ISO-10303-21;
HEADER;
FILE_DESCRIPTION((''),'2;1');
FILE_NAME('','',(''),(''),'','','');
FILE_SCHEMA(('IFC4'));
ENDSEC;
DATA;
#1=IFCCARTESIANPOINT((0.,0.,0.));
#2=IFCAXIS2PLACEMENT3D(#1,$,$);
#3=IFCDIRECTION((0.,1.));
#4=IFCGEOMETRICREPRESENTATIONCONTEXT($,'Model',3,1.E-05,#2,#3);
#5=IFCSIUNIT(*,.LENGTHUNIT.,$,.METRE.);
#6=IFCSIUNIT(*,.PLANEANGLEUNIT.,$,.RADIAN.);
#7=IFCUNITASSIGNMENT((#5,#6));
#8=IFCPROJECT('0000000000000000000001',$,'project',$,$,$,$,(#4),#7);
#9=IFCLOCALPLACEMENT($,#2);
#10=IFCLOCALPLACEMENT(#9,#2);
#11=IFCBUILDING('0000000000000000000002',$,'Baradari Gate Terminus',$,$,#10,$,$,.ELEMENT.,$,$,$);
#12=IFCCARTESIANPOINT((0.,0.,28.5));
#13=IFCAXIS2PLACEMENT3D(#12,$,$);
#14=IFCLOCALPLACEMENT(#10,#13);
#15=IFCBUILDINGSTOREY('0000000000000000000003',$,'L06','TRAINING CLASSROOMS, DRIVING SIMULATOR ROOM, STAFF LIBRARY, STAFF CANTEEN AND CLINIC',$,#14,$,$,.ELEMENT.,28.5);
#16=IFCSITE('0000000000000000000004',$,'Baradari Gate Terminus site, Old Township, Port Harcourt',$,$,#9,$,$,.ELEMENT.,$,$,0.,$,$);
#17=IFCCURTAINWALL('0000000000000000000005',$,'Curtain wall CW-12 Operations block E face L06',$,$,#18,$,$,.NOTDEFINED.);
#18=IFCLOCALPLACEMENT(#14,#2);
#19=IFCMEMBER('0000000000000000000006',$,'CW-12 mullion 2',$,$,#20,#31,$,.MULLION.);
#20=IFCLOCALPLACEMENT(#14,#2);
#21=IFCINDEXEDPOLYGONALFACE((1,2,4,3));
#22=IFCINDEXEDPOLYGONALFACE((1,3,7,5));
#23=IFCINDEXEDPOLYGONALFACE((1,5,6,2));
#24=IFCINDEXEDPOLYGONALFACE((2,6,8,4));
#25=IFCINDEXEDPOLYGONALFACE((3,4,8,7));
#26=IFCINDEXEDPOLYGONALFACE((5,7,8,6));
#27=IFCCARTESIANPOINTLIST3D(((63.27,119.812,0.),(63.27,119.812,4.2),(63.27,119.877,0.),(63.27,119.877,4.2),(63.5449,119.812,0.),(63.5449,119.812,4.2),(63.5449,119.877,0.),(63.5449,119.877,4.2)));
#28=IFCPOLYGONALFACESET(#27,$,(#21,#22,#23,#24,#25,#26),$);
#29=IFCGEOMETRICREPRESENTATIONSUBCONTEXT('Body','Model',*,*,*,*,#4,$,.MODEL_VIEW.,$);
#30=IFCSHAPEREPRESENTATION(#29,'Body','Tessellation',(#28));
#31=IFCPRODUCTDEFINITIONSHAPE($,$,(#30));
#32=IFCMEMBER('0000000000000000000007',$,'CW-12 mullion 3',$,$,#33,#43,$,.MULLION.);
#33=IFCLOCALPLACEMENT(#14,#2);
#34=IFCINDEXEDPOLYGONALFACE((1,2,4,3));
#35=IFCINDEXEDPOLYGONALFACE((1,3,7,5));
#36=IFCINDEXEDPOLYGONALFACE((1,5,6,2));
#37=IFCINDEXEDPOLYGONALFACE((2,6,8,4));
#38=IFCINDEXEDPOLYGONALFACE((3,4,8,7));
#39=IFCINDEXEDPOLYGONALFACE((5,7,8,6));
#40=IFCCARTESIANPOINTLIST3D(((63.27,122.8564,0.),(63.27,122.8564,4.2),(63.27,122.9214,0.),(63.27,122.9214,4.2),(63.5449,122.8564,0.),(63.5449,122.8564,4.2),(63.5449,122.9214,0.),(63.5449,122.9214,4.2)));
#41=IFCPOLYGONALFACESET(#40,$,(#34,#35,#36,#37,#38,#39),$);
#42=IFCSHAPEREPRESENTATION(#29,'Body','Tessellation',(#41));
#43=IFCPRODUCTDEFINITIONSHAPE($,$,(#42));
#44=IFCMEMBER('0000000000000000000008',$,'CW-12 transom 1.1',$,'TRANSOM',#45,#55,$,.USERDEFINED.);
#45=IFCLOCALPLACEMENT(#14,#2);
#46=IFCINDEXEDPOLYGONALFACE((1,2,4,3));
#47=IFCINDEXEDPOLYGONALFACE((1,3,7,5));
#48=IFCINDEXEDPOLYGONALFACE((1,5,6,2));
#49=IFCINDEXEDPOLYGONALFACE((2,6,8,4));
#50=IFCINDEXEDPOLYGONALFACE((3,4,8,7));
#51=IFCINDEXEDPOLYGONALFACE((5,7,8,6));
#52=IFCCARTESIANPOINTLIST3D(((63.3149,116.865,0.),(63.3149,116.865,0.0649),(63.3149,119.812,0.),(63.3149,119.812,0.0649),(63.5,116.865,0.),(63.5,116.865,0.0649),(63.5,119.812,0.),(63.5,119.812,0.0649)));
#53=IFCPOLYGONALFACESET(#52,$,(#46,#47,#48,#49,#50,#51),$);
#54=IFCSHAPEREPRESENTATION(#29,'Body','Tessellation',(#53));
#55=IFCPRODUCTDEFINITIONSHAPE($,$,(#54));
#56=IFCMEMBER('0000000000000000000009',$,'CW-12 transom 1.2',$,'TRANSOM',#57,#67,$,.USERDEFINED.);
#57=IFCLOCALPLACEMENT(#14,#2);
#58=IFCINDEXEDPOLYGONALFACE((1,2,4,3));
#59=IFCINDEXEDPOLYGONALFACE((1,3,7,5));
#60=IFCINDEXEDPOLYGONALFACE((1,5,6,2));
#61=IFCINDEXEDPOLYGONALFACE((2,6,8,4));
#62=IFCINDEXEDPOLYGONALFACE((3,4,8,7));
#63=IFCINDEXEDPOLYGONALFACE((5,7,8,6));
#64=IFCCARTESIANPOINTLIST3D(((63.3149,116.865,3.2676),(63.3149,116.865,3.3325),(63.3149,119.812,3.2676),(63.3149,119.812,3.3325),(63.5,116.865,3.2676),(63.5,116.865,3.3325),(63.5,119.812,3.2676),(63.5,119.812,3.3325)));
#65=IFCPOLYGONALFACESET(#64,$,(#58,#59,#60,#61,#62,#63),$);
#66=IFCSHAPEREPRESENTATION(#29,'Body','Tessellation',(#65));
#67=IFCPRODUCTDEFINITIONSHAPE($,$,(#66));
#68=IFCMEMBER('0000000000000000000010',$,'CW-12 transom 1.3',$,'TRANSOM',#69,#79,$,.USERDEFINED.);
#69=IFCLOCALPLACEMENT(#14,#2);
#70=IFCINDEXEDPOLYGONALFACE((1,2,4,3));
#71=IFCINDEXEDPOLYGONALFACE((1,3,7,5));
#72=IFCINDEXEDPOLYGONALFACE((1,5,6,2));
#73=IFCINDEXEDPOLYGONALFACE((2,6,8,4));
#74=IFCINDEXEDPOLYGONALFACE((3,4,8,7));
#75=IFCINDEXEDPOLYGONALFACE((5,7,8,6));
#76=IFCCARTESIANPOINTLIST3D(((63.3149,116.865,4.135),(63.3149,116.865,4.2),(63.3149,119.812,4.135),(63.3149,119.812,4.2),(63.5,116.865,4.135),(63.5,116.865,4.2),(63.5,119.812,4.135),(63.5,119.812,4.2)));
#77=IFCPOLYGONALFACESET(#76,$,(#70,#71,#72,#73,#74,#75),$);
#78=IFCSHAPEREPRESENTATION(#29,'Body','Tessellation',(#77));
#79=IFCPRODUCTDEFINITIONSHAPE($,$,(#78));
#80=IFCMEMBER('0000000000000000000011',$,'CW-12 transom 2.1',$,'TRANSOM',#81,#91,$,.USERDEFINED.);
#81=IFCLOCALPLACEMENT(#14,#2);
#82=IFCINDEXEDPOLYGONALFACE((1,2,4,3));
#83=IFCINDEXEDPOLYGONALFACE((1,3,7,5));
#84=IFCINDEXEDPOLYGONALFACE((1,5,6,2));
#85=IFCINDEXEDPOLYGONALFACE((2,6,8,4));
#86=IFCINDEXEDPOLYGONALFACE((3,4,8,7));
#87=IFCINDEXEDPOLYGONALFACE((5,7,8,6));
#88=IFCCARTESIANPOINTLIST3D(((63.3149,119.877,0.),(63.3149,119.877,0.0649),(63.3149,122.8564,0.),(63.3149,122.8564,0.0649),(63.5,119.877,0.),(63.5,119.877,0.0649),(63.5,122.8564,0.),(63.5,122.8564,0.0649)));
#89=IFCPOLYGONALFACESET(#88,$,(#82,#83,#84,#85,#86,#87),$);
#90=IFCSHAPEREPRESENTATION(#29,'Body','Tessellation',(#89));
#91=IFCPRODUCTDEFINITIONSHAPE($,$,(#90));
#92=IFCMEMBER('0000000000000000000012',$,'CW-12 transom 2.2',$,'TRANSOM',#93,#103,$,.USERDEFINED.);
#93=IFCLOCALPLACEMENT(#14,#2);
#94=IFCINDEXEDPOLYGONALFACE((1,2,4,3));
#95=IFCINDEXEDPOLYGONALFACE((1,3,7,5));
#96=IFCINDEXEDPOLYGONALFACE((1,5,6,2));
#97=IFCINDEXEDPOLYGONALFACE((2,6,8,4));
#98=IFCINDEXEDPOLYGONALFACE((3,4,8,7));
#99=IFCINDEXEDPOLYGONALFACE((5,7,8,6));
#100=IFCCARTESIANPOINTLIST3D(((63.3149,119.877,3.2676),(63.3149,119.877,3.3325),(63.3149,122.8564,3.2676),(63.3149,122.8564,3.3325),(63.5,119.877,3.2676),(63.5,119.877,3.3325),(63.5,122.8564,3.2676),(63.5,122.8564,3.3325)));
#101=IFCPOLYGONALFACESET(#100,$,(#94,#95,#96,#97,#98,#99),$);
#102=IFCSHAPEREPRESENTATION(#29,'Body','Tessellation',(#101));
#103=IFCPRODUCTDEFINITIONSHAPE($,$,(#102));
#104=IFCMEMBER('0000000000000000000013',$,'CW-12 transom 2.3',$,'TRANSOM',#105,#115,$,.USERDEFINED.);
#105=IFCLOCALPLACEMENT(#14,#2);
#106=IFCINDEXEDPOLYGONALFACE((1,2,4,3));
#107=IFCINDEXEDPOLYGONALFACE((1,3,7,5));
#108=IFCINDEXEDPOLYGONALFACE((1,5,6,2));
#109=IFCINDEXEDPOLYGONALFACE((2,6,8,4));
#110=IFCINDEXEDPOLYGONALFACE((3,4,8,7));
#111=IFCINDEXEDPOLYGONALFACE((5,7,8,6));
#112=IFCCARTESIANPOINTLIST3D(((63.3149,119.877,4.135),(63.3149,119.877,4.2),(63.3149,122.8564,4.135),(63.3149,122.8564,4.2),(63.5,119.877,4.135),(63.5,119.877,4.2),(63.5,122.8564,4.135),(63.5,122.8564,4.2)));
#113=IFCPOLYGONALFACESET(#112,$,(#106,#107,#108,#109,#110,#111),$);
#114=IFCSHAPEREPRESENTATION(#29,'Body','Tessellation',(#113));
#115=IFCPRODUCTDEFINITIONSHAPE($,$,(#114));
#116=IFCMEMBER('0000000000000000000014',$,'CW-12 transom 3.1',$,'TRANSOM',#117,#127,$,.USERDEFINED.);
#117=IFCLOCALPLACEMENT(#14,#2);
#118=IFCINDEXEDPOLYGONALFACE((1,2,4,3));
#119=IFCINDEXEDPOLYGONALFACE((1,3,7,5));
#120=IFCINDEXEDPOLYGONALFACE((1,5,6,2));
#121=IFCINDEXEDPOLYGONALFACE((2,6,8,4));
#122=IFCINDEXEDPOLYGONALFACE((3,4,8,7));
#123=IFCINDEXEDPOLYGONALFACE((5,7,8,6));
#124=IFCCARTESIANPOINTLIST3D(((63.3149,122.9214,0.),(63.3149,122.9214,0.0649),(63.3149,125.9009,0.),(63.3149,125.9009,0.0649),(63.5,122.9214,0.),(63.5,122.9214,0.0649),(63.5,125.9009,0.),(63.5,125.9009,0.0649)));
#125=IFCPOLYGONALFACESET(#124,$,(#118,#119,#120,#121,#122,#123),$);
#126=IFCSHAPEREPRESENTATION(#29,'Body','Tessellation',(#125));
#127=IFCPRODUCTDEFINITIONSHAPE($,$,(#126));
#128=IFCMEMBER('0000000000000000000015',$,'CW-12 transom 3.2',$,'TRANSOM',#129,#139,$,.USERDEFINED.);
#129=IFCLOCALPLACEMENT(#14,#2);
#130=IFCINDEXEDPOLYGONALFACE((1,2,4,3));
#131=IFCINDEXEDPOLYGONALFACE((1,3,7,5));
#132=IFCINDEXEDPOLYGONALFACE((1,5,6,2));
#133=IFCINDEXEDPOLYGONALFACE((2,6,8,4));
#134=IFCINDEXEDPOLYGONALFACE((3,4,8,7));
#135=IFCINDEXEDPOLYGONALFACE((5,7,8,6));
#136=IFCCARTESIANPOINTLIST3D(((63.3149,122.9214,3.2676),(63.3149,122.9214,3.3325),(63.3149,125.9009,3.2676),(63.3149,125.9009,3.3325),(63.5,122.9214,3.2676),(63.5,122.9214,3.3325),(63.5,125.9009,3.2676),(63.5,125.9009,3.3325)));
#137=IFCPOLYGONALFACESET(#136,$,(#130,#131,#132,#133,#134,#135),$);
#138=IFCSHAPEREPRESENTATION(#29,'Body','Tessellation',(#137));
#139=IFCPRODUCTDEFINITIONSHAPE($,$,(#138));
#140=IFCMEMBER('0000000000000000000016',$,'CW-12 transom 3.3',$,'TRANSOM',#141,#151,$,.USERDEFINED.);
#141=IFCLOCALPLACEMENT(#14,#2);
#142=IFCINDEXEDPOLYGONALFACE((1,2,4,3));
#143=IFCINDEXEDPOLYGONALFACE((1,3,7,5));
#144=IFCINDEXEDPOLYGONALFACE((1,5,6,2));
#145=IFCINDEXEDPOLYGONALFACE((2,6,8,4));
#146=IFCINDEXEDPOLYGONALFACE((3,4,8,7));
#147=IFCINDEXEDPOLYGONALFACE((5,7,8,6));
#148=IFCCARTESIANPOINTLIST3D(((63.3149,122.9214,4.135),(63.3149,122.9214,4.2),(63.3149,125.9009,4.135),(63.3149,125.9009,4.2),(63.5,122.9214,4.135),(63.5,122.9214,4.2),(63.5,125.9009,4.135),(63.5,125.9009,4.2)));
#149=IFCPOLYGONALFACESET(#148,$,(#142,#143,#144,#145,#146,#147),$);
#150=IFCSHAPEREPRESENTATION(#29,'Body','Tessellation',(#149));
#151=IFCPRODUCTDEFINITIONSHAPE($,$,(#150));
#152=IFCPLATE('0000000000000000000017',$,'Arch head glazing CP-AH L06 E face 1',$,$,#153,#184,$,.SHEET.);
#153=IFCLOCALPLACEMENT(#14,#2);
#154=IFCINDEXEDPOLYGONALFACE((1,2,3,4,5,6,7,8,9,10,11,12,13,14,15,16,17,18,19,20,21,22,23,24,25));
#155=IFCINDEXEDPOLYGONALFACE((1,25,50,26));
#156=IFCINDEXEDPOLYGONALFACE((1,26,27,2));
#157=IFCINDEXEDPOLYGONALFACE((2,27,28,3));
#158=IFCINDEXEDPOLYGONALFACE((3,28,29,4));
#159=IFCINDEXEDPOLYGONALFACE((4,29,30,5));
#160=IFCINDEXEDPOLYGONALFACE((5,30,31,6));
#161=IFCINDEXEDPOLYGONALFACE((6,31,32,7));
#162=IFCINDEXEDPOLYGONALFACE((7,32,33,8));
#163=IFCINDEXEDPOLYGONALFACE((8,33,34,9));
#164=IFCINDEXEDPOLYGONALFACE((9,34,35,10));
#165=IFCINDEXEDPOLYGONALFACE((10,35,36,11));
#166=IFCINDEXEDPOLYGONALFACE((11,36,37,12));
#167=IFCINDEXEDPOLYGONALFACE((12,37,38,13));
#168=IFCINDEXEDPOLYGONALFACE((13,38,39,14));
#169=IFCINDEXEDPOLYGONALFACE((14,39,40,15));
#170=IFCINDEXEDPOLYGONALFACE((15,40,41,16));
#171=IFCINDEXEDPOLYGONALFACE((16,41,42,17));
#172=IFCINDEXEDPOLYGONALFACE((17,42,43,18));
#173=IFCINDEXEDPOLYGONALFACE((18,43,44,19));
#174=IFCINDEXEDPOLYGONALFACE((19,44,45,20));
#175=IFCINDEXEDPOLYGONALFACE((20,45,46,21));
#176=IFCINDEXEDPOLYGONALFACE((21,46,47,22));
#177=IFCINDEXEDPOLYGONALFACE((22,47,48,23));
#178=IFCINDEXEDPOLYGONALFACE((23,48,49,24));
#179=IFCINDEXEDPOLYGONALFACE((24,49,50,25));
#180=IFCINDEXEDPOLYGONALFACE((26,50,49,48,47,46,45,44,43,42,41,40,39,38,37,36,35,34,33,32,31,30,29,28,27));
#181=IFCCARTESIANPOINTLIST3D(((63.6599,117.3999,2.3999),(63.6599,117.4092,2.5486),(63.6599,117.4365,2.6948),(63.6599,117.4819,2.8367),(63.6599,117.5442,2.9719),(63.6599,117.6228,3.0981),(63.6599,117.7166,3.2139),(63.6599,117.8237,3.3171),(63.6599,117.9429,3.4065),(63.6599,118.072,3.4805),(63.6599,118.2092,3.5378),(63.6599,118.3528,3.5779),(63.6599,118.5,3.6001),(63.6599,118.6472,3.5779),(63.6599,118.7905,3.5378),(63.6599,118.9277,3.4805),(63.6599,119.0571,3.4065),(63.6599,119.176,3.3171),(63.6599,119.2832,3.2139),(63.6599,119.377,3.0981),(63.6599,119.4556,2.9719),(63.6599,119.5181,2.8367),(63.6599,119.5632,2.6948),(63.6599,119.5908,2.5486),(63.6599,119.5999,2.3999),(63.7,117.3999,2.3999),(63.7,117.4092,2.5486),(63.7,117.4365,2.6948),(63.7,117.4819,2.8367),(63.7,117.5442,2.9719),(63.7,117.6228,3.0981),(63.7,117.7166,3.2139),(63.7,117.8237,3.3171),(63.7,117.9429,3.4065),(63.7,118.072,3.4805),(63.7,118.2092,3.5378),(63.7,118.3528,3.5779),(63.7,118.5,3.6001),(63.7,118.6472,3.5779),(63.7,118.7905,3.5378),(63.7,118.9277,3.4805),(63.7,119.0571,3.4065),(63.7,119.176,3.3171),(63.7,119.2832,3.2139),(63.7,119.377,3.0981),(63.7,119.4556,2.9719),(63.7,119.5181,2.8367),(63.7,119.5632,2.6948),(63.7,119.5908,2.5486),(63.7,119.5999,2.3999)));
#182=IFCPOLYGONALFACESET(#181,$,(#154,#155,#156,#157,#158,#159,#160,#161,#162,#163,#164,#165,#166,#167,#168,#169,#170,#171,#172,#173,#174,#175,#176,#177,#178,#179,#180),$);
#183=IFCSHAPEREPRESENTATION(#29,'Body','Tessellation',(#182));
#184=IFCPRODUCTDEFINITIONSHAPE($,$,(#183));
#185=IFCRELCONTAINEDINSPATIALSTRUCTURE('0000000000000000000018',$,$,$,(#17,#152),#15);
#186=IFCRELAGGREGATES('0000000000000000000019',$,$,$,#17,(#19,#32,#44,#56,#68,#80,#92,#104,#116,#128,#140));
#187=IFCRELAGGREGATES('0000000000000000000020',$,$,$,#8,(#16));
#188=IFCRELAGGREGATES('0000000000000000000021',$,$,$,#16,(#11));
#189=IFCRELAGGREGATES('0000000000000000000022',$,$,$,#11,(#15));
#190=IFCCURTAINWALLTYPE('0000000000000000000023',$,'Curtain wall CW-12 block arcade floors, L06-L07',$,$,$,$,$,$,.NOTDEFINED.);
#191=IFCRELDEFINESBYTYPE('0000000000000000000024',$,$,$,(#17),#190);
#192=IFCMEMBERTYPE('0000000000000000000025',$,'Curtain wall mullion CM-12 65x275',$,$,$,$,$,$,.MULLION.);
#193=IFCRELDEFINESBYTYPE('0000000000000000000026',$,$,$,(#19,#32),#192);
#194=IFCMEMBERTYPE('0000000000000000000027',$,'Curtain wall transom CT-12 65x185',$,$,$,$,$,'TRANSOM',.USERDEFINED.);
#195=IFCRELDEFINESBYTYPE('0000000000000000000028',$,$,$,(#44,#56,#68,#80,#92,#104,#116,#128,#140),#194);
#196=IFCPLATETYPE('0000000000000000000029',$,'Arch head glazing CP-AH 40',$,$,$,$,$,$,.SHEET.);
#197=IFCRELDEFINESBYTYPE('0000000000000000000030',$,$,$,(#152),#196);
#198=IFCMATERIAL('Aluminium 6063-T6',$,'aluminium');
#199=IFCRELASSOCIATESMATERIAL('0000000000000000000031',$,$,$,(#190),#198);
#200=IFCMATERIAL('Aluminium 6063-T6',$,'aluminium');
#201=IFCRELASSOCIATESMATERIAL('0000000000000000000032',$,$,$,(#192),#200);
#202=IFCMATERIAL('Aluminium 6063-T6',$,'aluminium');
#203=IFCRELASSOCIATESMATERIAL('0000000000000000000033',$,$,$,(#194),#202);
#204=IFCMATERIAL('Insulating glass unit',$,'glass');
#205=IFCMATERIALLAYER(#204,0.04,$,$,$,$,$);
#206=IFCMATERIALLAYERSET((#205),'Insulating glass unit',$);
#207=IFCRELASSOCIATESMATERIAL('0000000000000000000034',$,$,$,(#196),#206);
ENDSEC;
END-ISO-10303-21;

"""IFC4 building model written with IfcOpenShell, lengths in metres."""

from ifc_helpers import new_model, si_unit, direction, frame, origin, origin_2d, place, context, subcontext, project, spatial, polyline, rectangle, outline, extrude, material, layer, layer_set, material_profile, profile_set, type_object, element, aggregate, save


model = new_model("IFC4")

# Units and contexts
model_context = context("Model", 3, precision=1e-05, world=origin(), true_north=direction((0.0, 1.0)))
body_context = subcontext(model_context, "Body", "Model", "MODEL_VIEW")
ifc_project = project(units=[si_unit("LENGTHUNIT", "METRE"), si_unit("PLANEANGLEUNIT", "RADIAN")], contexts=[model_context])

# Site, building, storey
site_placement = place(None, origin())
site = spatial("IfcSite", under=ifc_project, at=site_placement, Name="Baradari Gate Terminus site, Old Township, Port Harcourt", CompositionType="ELEMENT", RefElevation=0.0)
building_placement = place(site_placement, origin())
building = spatial("IfcBuilding", under=site, at=building_placement, Name="Baradari Gate Terminus", CompositionType="ELEMENT")
storey_placement = place(building_placement, frame((0.0, 0.0, 28.5)))
storey = spatial("IfcBuildingStorey", under=building, at=storey_placement, Name="L06", Description="TRAINING CLASSROOMS, DRIVING SIMULATOR ROOM, STAFF LIBRARY, STAFF CANTEEN AND CLINIC", CompositionType="ELEMENT", Elevation=28.5)

# Curtain wall, members
ifc_material_1 = material(Name="Aluminium 6063-T6", Category="aluminium")
curtain_wall_type = type_object("IfcCurtainWallType", Name="Curtain wall CW-12 block arcade floors, L06-L07", PredefinedType="NOTDEFINED", material=ifc_material_1)
curtain_wall_placement = place(storey_placement, origin())
curtain_wall = element("IfcCurtainWall", 1, at=curtain_wall_placement, inside=storey, type_object=curtain_wall_type, Name="Curtain wall CW-12 Operations block E face L06", PredefinedType="NOTDEFINED")
ifc_material_2 = material(Name="Aluminium 6063-T6", Category="aluminium")
ifc_material_profile_1 = material_profile(ifc_material_2, rectangle(XDim=0.2749, YDim=0.0649, at=origin_2d()), Name="CM-12 65X275")
ifc_profile_set_1 = profile_set([ifc_material_profile_1], Name="Aluminium 6063-T6")
member_type_1 = type_object("IfcMemberType", Name="Curtain wall mullion CM-12 65x275", PredefinedType="MULLION", material=ifc_profile_set_1)
member_1_placement = place(storey_placement, frame((63.4075, 119.8445, 0.0), z_axis=(0.0, 0.0, 1.0), x_axis=(-1.0, 0.0, 0.0)))
member_1 = element("IfcMember", 2, at=member_1_placement, type_object=member_type_1, Name="CW-12 mullion 2", PredefinedType="MULLION", context=body_context, shape_type="SweptSolid", body=[
    extrude(rectangle(XDim=0.2749, YDim=0.0649, at=origin_2d()), origin(), (0.0, 0.0, 1.0), 4.2),
])
member_2_placement = place(storey_placement, frame((63.4075, 122.8889, 0.0), z_axis=(0.0, 0.0, 1.0), x_axis=(-1.0, 0.0, 0.0)))
member_2 = element("IfcMember", 3, at=member_2_placement, type_object=member_type_1, Name="CW-12 mullion 3", PredefinedType="MULLION", context=body_context, shape_type="SweptSolid", body=[
    extrude(rectangle(XDim=0.2749, YDim=0.0649, at=origin_2d()), origin(), (0.0, 0.0, 1.0), 4.2),
])
ifc_material_3 = material(Name="Aluminium 6063-T6", Category="aluminium")
ifc_material_profile_2 = material_profile(ifc_material_3, rectangle(XDim=0.1851, YDim=0.0649, at=origin_2d()), Name="CT-12 65X185")
ifc_profile_set_2 = profile_set([ifc_material_profile_2], Name="Aluminium 6063-T6")
member_type_2 = type_object("IfcMemberType", Name="Curtain wall transom CT-12 65x185", ElementType="TRANSOM", PredefinedType="USERDEFINED", material=ifc_profile_set_2)
member_3_placement = place(storey_placement, frame((63.4075, 116.865, 0.0325), z_axis=(0.0, 1.0, 0.0), x_axis=(-1.0, 0.0, 0.0)))
member_3 = element("IfcMember", 4, at=member_3_placement, type_object=member_type_2, Name="CW-12 transom 1.1", ObjectType="TRANSOM", PredefinedType="USERDEFINED", context=body_context, shape_type="SweptSolid", body=[
    extrude(rectangle(XDim=0.1851, YDim=0.0649, at=origin_2d()), origin(), (0.0, 0.0, 1.0), 2.947),
])
member_4_placement = place(storey_placement, frame((63.4075, 116.865, 3.3), z_axis=(0.0, 1.0, 0.0), x_axis=(-1.0, 0.0, 0.0)))
member_4 = element("IfcMember", 5, at=member_4_placement, type_object=member_type_2, Name="CW-12 transom 1.2", ObjectType="TRANSOM", PredefinedType="USERDEFINED", context=body_context, shape_type="SweptSolid", body=[
    extrude(rectangle(XDim=0.1851, YDim=0.0649, at=origin_2d()), origin(), (0.0, 0.0, 1.0), 2.947),
])
member_5_placement = place(storey_placement, frame((63.4075, 116.865, 4.1675), z_axis=(0.0, 1.0, 0.0), x_axis=(-1.0, 0.0, 0.0)))
member_5 = element("IfcMember", 6, at=member_5_placement, type_object=member_type_2, Name="CW-12 transom 1.3", ObjectType="TRANSOM", PredefinedType="USERDEFINED", context=body_context, shape_type="SweptSolid", body=[
    extrude(rectangle(XDim=0.1851, YDim=0.0649, at=origin_2d()), origin(), (0.0, 0.0, 1.0), 2.947),
])
member_6_placement = place(storey_placement, frame((63.4075, 119.877, 0.0325), z_axis=(0.0, 1.0, 0.0), x_axis=(-1.0, 0.0, 0.0)))
member_6 = element("IfcMember", 7, at=member_6_placement, type_object=member_type_2, Name="CW-12 transom 2.1", ObjectType="TRANSOM", PredefinedType="USERDEFINED", context=body_context, shape_type="SweptSolid", body=[
    extrude(rectangle(XDim=0.1851, YDim=0.0649, at=origin_2d()), origin(), (0.0, 0.0, 1.0), 2.9795),
])
member_7_placement = place(storey_placement, frame((63.4075, 119.877, 3.3), z_axis=(0.0, 1.0, 0.0), x_axis=(-1.0, 0.0, 0.0)))
member_7 = element("IfcMember", 8, at=member_7_placement, type_object=member_type_2, Name="CW-12 transom 2.2", ObjectType="TRANSOM", PredefinedType="USERDEFINED", context=body_context, shape_type="SweptSolid", body=[
    extrude(rectangle(XDim=0.1851, YDim=0.0649, at=origin_2d()), origin(), (0.0, 0.0, 1.0), 2.9795),
])
member_8_placement = place(storey_placement, frame((63.4075, 119.877, 4.1675), z_axis=(0.0, 1.0, 0.0), x_axis=(-1.0, 0.0, 0.0)))
member_8 = element("IfcMember", 9, at=member_8_placement, type_object=member_type_2, Name="CW-12 transom 2.3", ObjectType="TRANSOM", PredefinedType="USERDEFINED", context=body_context, shape_type="SweptSolid", body=[
    extrude(rectangle(XDim=0.1851, YDim=0.0649, at=origin_2d()), origin(), (0.0, 0.0, 1.0), 2.9795),
])
member_9_placement = place(storey_placement, frame((63.4075, 122.9214, 0.0325), z_axis=(0.0, 1.0, 0.0), x_axis=(-1.0, 0.0, 0.0)))
member_9 = element("IfcMember", 10, at=member_9_placement, type_object=member_type_2, Name="CW-12 transom 3.1", ObjectType="TRANSOM", PredefinedType="USERDEFINED", context=body_context, shape_type="SweptSolid", body=[
    extrude(rectangle(XDim=0.1851, YDim=0.0649, at=origin_2d()), origin(), (0.0, 0.0, 1.0), 2.9795),
])
member_10_placement = place(storey_placement, frame((63.4075, 122.9214, 3.3), z_axis=(0.0, 1.0, 0.0), x_axis=(-1.0, 0.0, 0.0)))
member_10 = element("IfcMember", 11, at=member_10_placement, type_object=member_type_2, Name="CW-12 transom 3.2", ObjectType="TRANSOM", PredefinedType="USERDEFINED", context=body_context, shape_type="SweptSolid", body=[
    extrude(rectangle(XDim=0.1851, YDim=0.0649, at=origin_2d()), origin(), (0.0, 0.0, 1.0), 2.9795),
])
member_11_placement = place(storey_placement, frame((63.4075, 122.9214, 4.1675), z_axis=(0.0, 1.0, 0.0), x_axis=(-1.0, 0.0, 0.0)))
member_11 = element("IfcMember", 12, at=member_11_placement, type_object=member_type_2, Name="CW-12 transom 3.3", ObjectType="TRANSOM", PredefinedType="USERDEFINED", context=body_context, shape_type="SweptSolid", body=[
    extrude(rectangle(XDim=0.1851, YDim=0.0649, at=origin_2d()), origin(), (0.0, 0.0, 1.0), 2.9795),
])

# Plate
ifc_material_4 = material(Name="Insulating glass unit", Category="glass")
ifc_layer_1 = layer(ifc_material_4, 0.04)
ifc_layer_set_1 = layer_set([ifc_layer_1], Name="Insulating glass unit")
plate_type_1 = type_object("IfcPlateType", Name="Arch head glazing CP-AH 40", PredefinedType="SHEET", material=ifc_layer_set_1)
for number, where, z_axis, x_axis, name in (
    (13, (63.6799, 117.3999, 2.3999), (0.0, 0.0, 1.0), (0.0, 1.0, 0.0), "Arch head glazing CP-AH L06 E face 1"),
):
    element("IfcPlate", number, at=place(storey_placement, frame(where, z_axis=z_axis, x_axis=x_axis)), inside=storey, type_object=plate_type_1, Name=name, PredefinedType="SHEET", context=body_context, shape_type="SweptSolid", body=[
        extrude(outline(polyline([(0.0, 0.0), (2.2, 0.0), (2.1909, 0.1487), (2.1633, 0.2949), (2.1182, 0.4368), (2.0557, 0.572), (1.9771, 0.6982), (1.8833, 0.814), (1.7761, 0.9172), (1.6572, 1.0066), (1.5278, 1.0806), (1.3906, 1.1379), (1.2473, 1.178), (1.1001, 1.2002), (0.9529, 1.178), (0.8093, 1.1379), (0.6721, 1.0806), (0.543, 1.0066), (0.4238, 0.9172), (0.3167, 0.814), (0.2229, 0.6982), (0.1443, 0.572), (0.082, 0.4368), (0.0366, 0.2949), (0.0093, 0.1487), (0.0, 0.0)])), frame((0.0, 0.02, 0.0), z_axis=(0.0, -1.0, 0.0), x_axis=(1.0, 0.0, 0.0)), (0.0, 0.0, 1.0), 0.04),
    ])

aggregate(curtain_wall, [member_1, member_2, member_3, member_4, member_5, member_6, member_7, member_8, member_9, member_10, member_11])

save(model, "model.ifc")
